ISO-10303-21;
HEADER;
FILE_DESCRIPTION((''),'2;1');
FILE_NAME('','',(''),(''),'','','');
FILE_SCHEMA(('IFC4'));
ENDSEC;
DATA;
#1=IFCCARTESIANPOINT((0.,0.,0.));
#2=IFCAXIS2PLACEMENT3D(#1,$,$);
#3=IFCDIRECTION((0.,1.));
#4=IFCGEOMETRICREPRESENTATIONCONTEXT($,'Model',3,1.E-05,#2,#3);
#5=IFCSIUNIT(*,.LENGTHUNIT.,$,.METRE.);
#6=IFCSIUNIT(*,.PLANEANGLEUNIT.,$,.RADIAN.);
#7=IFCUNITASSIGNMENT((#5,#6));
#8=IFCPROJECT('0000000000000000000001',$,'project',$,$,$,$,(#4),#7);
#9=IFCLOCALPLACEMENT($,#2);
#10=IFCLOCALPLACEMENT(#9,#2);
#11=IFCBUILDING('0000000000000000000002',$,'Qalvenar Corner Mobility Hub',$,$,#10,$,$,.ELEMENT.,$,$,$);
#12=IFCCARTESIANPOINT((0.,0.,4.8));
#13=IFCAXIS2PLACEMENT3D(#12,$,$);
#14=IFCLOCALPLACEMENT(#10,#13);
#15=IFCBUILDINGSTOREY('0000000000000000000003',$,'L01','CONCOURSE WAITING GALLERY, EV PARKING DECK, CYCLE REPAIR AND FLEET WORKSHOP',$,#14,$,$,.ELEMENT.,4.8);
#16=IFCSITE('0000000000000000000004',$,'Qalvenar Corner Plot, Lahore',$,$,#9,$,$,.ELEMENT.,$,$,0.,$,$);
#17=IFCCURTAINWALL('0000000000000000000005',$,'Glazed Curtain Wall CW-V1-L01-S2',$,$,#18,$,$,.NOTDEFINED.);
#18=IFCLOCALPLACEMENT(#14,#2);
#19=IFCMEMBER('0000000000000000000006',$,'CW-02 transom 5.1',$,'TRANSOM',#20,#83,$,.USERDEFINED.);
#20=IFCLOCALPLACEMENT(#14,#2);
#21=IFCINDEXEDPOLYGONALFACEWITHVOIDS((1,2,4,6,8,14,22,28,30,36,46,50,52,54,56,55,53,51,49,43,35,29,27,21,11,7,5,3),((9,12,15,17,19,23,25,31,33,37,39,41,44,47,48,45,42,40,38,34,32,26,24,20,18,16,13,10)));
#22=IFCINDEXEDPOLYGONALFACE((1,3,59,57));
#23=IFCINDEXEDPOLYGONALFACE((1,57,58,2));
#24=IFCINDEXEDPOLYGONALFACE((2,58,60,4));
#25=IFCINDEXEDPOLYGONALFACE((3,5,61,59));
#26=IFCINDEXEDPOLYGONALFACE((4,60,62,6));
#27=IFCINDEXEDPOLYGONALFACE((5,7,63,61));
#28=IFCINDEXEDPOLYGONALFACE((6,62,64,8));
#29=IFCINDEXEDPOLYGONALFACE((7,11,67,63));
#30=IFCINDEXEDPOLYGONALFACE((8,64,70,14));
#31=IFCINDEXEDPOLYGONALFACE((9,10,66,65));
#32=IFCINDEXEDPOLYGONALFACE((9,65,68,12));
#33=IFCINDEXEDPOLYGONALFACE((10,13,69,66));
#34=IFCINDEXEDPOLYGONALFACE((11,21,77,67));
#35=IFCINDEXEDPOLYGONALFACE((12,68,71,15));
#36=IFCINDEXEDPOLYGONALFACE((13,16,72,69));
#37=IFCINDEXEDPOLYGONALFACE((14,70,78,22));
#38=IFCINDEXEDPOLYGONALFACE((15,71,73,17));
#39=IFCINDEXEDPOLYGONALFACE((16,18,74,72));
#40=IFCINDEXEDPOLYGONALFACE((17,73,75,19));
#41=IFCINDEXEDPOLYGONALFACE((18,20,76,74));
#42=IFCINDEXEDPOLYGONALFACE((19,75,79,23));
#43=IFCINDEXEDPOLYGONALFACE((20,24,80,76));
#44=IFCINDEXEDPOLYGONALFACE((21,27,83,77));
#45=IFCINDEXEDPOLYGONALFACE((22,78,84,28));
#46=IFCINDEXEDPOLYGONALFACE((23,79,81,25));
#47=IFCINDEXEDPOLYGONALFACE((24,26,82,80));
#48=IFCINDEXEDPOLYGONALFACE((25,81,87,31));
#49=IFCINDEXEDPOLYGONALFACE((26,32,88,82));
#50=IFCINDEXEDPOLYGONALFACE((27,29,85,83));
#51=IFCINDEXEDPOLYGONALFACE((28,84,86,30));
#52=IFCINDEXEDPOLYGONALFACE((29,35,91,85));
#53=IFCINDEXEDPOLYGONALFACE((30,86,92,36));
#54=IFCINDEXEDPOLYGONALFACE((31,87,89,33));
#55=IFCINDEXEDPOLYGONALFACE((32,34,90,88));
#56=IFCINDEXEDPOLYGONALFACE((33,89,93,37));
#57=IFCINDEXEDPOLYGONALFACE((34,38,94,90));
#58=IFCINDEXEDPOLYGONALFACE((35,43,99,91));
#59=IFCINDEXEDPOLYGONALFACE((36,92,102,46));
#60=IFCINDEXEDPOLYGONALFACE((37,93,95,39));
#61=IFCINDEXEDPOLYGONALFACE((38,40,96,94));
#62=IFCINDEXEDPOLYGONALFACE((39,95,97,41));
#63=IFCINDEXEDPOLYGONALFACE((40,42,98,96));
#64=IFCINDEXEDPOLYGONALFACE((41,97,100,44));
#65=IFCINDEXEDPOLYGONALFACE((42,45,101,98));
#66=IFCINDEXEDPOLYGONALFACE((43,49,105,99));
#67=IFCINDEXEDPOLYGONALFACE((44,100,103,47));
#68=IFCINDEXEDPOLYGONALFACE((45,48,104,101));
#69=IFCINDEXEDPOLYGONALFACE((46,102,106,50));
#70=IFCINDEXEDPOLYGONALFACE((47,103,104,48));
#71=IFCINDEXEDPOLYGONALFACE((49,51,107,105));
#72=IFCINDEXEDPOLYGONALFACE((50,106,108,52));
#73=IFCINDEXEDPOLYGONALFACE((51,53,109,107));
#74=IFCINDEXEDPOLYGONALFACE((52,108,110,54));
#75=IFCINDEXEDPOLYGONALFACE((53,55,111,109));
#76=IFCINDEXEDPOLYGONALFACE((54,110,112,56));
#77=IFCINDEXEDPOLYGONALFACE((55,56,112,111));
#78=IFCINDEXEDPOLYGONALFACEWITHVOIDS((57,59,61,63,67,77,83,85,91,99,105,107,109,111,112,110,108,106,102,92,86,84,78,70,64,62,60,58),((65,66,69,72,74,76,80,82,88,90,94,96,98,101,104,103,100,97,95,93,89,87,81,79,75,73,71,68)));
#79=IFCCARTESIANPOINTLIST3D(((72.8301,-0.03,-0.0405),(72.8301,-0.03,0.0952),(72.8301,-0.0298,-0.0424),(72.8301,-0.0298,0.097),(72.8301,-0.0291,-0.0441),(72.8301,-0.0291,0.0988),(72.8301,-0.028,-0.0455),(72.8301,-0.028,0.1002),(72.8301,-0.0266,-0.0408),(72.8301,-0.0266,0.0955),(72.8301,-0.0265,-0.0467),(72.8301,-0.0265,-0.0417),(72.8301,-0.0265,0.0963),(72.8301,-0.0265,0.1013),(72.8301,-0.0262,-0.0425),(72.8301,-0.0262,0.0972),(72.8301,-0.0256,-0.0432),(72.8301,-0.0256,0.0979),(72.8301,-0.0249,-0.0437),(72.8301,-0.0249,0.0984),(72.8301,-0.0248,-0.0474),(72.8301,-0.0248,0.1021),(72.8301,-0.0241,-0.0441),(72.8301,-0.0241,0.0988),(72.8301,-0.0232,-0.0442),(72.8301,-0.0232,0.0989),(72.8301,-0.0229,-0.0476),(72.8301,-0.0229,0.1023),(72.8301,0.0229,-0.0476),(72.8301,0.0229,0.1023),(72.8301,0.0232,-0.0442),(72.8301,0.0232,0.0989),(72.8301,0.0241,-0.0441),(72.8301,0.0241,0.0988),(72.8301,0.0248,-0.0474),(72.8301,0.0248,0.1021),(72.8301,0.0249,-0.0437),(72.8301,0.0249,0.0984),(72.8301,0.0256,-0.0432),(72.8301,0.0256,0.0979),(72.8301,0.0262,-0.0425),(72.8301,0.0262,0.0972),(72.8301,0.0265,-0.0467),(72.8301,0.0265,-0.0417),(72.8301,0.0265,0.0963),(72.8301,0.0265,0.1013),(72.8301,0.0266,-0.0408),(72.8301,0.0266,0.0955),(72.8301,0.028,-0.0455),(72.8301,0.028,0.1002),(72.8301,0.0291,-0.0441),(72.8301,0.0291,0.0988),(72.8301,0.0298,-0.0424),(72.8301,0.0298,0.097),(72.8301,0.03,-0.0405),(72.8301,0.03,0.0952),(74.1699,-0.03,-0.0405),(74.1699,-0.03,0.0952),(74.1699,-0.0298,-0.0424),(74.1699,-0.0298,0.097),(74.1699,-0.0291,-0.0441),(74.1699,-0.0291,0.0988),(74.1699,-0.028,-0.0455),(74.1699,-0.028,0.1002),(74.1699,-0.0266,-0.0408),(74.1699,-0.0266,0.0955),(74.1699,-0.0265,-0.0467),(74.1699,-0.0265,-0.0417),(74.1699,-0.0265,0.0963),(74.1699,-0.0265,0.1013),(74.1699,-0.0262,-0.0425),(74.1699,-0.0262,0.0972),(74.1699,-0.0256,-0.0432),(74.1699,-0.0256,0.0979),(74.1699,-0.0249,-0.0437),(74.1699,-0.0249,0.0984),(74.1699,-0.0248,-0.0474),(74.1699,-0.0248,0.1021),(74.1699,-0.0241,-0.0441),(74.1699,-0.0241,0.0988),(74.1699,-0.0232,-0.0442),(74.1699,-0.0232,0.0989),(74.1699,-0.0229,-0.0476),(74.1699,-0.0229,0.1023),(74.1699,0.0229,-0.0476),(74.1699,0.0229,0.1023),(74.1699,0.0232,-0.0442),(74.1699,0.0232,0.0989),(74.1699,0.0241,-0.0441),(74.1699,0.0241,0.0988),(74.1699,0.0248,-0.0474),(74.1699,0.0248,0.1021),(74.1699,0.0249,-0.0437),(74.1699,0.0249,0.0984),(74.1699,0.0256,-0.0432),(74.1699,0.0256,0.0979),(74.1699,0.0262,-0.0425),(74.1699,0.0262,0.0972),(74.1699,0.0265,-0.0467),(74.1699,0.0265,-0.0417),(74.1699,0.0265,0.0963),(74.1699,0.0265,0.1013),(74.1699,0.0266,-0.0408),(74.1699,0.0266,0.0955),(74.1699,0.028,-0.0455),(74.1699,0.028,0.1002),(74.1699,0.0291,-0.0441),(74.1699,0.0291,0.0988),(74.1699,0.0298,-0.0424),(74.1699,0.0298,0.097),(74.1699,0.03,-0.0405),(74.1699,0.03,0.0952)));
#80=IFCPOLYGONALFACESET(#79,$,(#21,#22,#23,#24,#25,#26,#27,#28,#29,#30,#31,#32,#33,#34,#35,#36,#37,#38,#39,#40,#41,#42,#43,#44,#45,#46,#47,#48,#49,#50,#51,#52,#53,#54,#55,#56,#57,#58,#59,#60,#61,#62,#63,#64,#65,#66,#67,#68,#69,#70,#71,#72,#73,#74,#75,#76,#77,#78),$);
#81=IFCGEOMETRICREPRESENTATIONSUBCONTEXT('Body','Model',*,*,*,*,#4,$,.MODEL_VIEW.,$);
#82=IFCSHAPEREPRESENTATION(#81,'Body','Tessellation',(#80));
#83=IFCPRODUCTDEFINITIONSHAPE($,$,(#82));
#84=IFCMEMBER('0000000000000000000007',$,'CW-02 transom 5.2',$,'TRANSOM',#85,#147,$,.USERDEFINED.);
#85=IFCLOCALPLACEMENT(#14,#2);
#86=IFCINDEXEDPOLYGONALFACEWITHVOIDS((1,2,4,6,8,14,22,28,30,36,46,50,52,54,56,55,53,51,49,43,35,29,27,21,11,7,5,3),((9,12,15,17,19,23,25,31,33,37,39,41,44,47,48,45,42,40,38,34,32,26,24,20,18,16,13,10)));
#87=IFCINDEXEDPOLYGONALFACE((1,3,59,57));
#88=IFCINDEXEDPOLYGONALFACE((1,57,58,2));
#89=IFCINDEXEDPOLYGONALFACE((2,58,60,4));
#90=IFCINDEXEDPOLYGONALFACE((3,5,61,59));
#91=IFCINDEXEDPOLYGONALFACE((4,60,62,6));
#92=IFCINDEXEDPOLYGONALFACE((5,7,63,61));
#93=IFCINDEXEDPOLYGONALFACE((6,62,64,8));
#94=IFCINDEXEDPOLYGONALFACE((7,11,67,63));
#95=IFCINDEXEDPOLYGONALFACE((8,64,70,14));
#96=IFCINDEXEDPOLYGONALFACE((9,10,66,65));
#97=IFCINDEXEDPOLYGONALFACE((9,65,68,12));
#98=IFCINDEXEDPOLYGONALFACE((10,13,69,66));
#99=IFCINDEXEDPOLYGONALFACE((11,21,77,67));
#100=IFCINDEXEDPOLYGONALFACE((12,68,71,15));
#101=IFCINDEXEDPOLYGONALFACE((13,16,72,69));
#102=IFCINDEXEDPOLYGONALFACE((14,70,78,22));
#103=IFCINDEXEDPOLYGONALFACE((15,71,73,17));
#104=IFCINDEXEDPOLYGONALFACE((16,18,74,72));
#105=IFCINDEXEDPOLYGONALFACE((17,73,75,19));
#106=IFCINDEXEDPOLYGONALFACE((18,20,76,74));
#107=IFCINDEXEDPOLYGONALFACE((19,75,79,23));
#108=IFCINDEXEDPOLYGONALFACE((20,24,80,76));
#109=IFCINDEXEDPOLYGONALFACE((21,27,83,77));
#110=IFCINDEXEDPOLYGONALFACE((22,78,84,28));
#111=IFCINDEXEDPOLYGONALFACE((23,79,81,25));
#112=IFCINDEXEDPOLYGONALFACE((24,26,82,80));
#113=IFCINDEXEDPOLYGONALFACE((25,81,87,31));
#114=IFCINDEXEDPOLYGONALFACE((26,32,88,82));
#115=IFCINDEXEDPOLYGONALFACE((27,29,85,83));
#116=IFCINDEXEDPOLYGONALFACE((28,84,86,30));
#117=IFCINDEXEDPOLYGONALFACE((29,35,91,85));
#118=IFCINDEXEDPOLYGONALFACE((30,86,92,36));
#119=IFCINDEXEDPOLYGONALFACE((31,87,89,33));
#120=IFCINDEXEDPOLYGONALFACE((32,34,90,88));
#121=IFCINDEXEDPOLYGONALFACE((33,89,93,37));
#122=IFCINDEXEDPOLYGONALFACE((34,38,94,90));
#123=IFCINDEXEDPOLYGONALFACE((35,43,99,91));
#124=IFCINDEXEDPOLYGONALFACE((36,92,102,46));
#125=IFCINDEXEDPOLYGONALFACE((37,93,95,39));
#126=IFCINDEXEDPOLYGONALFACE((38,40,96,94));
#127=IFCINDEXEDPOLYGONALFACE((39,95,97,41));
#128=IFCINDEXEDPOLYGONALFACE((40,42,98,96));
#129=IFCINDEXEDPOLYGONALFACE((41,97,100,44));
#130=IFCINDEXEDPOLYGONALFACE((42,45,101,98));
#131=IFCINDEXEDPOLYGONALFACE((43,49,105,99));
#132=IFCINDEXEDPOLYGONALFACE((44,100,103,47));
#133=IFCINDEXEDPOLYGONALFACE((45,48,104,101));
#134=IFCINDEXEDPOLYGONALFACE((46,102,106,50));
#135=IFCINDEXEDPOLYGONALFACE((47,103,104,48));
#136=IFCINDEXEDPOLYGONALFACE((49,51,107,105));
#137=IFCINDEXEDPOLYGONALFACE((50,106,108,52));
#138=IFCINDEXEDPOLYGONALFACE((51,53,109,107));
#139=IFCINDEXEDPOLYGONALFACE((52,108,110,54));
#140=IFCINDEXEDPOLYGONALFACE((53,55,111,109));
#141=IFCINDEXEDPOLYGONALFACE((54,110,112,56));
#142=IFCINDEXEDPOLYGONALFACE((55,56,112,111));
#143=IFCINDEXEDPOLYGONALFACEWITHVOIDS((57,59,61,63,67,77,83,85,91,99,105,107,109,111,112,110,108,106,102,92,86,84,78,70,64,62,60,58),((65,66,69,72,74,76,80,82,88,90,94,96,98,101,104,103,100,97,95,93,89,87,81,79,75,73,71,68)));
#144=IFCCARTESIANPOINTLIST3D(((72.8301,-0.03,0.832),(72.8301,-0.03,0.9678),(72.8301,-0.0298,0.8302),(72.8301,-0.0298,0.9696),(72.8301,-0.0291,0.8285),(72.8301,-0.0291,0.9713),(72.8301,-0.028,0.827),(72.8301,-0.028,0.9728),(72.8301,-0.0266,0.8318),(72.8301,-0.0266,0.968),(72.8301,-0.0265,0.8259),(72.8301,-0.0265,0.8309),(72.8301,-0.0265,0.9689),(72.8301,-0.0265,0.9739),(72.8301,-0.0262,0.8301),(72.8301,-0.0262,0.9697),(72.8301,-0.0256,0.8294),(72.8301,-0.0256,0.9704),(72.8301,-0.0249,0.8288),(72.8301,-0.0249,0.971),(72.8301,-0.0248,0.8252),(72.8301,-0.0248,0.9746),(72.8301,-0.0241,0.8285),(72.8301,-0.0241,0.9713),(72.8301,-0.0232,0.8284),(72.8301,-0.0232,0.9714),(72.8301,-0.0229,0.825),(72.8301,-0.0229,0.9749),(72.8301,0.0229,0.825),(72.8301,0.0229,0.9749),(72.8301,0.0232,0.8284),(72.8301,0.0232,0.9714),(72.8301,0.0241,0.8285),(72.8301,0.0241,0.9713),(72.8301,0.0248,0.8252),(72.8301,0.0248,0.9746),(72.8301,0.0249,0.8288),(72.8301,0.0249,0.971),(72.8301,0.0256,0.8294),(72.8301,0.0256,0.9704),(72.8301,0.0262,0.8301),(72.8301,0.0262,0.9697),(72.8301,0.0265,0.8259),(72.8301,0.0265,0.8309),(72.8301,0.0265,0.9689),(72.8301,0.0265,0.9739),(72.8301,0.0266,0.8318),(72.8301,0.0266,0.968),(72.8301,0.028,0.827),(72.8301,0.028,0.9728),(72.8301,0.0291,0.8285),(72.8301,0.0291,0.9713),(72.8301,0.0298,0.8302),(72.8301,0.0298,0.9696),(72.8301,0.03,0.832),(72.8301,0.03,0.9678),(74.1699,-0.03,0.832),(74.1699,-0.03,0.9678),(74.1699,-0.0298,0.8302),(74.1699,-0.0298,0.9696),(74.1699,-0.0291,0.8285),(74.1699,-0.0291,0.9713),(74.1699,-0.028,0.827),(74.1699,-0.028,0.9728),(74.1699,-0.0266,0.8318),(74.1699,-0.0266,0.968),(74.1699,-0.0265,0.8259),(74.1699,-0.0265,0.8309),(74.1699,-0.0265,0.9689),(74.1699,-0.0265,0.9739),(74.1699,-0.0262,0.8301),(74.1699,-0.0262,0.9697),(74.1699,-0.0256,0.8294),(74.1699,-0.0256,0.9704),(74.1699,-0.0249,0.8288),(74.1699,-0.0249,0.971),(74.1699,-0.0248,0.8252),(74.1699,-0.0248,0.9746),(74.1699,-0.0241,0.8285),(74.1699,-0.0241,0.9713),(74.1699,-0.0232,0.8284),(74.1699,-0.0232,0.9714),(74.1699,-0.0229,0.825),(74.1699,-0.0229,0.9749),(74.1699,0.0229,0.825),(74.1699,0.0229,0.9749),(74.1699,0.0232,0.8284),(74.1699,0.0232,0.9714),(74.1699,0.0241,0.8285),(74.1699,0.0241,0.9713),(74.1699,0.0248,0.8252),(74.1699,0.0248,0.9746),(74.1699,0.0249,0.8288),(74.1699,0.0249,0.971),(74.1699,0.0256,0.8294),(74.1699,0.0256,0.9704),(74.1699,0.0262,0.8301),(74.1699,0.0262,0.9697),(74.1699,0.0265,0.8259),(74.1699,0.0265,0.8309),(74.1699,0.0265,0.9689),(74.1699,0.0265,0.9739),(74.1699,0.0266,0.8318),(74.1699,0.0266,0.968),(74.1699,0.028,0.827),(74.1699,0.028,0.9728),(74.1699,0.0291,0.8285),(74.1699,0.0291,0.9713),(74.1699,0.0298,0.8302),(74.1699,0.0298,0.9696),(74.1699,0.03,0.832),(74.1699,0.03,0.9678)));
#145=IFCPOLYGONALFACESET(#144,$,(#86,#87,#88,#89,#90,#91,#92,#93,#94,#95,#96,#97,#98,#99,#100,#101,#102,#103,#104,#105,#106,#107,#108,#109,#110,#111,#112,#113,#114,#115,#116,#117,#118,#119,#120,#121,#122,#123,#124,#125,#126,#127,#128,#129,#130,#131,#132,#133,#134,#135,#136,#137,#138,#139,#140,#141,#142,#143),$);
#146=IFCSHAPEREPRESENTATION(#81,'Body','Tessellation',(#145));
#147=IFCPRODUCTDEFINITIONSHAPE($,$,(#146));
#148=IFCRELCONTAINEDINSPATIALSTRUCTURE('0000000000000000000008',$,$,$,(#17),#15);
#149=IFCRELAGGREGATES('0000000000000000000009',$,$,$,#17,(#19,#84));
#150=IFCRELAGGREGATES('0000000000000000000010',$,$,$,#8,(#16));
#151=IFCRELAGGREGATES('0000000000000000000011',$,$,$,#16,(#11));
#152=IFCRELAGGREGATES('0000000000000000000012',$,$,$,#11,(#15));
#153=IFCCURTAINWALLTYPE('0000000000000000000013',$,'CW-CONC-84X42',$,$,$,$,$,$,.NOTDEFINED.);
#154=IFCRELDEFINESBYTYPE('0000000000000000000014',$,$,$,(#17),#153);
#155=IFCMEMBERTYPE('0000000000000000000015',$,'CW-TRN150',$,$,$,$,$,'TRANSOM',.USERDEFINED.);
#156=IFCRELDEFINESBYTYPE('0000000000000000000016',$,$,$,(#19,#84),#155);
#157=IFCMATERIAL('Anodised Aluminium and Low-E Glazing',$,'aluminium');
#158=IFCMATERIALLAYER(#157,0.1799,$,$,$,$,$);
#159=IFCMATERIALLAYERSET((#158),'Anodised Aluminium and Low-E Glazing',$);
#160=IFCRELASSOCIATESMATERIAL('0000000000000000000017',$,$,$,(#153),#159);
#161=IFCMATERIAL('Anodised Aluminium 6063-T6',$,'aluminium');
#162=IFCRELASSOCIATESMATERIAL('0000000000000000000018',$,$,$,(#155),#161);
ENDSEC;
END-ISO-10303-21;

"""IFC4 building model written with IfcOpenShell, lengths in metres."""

from ifc_helpers import new_model, si_unit, direction, frame, origin, origin_2d, place, context, subcontext, project, spatial, hollow_rectangle, extrude, material, layer, layer_set, material_profile, profile_set, type_object, element, aggregate, save


model = new_model("IFC4")

# Units and contexts
model_context = context("Model", 3, precision=1e-05, world=origin(), true_north=direction((0.0, 1.0)))
body_context = subcontext(model_context, "Body", "Model", "MODEL_VIEW")
ifc_project = project(units=[si_unit("LENGTHUNIT", "METRE"), si_unit("PLANEANGLEUNIT", "RADIAN")], contexts=[model_context])

# Site, building, storey
site_placement = place(None, origin())
site = spatial("IfcSite", under=ifc_project, at=site_placement, Name="Qalvenar Corner Plot, Lahore", CompositionType="ELEMENT", RefElevation=0.0)
building_placement = place(site_placement, origin())
building = spatial("IfcBuilding", under=site, at=building_placement, Name="Qalvenar Corner Mobility Hub", CompositionType="ELEMENT")
storey_placement = place(building_placement, frame((0.0, 0.0, 4.8)))
storey = spatial("IfcBuildingStorey", under=building, at=storey_placement, Name="L01", Description="CONCOURSE WAITING GALLERY, EV PARKING DECK, CYCLE REPAIR AND FLEET WORKSHOP", CompositionType="ELEMENT", Elevation=4.8)

# Curtain wall, members
ifc_material_1 = material(Name="Anodised Aluminium and Low-E Glazing", Category="aluminium")
ifc_layer_1 = layer(ifc_material_1, 0.1799)
ifc_layer_set_1 = layer_set([ifc_layer_1], Name="Anodised Aluminium and Low-E Glazing")
curtain_wall_type = type_object("IfcCurtainWallType", Name="CW-CONC-84X42", PredefinedType="NOTDEFINED", material=ifc_layer_set_1)
curtain_wall_placement = place(storey_placement, origin())
curtain_wall = element("IfcCurtainWall", 1, at=curtain_wall_placement, inside=storey, type_object=curtain_wall_type, Name="Glazed Curtain Wall CW-V1-L01-S2", PredefinedType="NOTDEFINED")
ifc_material_2 = material(Name="Anodised Aluminium 6063-T6", Category="aluminium")
ifc_material_profile_1 = material_profile(ifc_material_2, hollow_rectangle(XDim=0.0601, YDim=0.1499, WallThickness=0.0034, InnerFilletRadius=0.0034, OuterFilletRadius=0.0071, at=origin_2d()), Name="RHS150x60x3.5")
ifc_profile_set_1 = profile_set([ifc_material_profile_1], Name="Anodised Aluminium 6063-T6")
member_type_1 = type_object("IfcMemberType", Name="CW-TRN150", ElementType="TRANSOM", PredefinedType="USERDEFINED", material=ifc_profile_set_1)
member_1_placement = place(storey_placement, frame((72.8301, 0.0, 0.0273), z_axis=(1.0, 0.0, 0.0), x_axis=(0.0, 1.0, 0.0)))
member_1 = element("IfcMember", 2, at=member_1_placement, type_object=member_type_1, Name="CW-02 transom 5.1", ObjectType="TRANSOM", PredefinedType="USERDEFINED", context=body_context, shape_type="SweptSolid", body=[
    extrude(hollow_rectangle(XDim=0.0601, YDim=0.1499, WallThickness=0.0034, InnerFilletRadius=0.0034, OuterFilletRadius=0.0071, at=origin_2d()), origin(), (0.0, 0.0, 1.0), 1.3398),
])
member_2_placement = place(storey_placement, frame((72.8301, 0.0, 0.8999), z_axis=(1.0, 0.0, 0.0), x_axis=(0.0, 1.0, 0.0)))
member_2 = element("IfcMember", 3, at=member_2_placement, type_object=member_type_1, Name="CW-02 transom 5.2", ObjectType="TRANSOM", PredefinedType="USERDEFINED", context=body_context, shape_type="SweptSolid", body=[
    extrude(hollow_rectangle(XDim=0.0601, YDim=0.1499, WallThickness=0.0034, InnerFilletRadius=0.0034, OuterFilletRadius=0.0071, at=origin_2d()), origin(), (0.0, 0.0, 1.0), 1.3398),
])
aggregate(curtain_wall, [member_1, member_2])

save(model, "model.ifc")
